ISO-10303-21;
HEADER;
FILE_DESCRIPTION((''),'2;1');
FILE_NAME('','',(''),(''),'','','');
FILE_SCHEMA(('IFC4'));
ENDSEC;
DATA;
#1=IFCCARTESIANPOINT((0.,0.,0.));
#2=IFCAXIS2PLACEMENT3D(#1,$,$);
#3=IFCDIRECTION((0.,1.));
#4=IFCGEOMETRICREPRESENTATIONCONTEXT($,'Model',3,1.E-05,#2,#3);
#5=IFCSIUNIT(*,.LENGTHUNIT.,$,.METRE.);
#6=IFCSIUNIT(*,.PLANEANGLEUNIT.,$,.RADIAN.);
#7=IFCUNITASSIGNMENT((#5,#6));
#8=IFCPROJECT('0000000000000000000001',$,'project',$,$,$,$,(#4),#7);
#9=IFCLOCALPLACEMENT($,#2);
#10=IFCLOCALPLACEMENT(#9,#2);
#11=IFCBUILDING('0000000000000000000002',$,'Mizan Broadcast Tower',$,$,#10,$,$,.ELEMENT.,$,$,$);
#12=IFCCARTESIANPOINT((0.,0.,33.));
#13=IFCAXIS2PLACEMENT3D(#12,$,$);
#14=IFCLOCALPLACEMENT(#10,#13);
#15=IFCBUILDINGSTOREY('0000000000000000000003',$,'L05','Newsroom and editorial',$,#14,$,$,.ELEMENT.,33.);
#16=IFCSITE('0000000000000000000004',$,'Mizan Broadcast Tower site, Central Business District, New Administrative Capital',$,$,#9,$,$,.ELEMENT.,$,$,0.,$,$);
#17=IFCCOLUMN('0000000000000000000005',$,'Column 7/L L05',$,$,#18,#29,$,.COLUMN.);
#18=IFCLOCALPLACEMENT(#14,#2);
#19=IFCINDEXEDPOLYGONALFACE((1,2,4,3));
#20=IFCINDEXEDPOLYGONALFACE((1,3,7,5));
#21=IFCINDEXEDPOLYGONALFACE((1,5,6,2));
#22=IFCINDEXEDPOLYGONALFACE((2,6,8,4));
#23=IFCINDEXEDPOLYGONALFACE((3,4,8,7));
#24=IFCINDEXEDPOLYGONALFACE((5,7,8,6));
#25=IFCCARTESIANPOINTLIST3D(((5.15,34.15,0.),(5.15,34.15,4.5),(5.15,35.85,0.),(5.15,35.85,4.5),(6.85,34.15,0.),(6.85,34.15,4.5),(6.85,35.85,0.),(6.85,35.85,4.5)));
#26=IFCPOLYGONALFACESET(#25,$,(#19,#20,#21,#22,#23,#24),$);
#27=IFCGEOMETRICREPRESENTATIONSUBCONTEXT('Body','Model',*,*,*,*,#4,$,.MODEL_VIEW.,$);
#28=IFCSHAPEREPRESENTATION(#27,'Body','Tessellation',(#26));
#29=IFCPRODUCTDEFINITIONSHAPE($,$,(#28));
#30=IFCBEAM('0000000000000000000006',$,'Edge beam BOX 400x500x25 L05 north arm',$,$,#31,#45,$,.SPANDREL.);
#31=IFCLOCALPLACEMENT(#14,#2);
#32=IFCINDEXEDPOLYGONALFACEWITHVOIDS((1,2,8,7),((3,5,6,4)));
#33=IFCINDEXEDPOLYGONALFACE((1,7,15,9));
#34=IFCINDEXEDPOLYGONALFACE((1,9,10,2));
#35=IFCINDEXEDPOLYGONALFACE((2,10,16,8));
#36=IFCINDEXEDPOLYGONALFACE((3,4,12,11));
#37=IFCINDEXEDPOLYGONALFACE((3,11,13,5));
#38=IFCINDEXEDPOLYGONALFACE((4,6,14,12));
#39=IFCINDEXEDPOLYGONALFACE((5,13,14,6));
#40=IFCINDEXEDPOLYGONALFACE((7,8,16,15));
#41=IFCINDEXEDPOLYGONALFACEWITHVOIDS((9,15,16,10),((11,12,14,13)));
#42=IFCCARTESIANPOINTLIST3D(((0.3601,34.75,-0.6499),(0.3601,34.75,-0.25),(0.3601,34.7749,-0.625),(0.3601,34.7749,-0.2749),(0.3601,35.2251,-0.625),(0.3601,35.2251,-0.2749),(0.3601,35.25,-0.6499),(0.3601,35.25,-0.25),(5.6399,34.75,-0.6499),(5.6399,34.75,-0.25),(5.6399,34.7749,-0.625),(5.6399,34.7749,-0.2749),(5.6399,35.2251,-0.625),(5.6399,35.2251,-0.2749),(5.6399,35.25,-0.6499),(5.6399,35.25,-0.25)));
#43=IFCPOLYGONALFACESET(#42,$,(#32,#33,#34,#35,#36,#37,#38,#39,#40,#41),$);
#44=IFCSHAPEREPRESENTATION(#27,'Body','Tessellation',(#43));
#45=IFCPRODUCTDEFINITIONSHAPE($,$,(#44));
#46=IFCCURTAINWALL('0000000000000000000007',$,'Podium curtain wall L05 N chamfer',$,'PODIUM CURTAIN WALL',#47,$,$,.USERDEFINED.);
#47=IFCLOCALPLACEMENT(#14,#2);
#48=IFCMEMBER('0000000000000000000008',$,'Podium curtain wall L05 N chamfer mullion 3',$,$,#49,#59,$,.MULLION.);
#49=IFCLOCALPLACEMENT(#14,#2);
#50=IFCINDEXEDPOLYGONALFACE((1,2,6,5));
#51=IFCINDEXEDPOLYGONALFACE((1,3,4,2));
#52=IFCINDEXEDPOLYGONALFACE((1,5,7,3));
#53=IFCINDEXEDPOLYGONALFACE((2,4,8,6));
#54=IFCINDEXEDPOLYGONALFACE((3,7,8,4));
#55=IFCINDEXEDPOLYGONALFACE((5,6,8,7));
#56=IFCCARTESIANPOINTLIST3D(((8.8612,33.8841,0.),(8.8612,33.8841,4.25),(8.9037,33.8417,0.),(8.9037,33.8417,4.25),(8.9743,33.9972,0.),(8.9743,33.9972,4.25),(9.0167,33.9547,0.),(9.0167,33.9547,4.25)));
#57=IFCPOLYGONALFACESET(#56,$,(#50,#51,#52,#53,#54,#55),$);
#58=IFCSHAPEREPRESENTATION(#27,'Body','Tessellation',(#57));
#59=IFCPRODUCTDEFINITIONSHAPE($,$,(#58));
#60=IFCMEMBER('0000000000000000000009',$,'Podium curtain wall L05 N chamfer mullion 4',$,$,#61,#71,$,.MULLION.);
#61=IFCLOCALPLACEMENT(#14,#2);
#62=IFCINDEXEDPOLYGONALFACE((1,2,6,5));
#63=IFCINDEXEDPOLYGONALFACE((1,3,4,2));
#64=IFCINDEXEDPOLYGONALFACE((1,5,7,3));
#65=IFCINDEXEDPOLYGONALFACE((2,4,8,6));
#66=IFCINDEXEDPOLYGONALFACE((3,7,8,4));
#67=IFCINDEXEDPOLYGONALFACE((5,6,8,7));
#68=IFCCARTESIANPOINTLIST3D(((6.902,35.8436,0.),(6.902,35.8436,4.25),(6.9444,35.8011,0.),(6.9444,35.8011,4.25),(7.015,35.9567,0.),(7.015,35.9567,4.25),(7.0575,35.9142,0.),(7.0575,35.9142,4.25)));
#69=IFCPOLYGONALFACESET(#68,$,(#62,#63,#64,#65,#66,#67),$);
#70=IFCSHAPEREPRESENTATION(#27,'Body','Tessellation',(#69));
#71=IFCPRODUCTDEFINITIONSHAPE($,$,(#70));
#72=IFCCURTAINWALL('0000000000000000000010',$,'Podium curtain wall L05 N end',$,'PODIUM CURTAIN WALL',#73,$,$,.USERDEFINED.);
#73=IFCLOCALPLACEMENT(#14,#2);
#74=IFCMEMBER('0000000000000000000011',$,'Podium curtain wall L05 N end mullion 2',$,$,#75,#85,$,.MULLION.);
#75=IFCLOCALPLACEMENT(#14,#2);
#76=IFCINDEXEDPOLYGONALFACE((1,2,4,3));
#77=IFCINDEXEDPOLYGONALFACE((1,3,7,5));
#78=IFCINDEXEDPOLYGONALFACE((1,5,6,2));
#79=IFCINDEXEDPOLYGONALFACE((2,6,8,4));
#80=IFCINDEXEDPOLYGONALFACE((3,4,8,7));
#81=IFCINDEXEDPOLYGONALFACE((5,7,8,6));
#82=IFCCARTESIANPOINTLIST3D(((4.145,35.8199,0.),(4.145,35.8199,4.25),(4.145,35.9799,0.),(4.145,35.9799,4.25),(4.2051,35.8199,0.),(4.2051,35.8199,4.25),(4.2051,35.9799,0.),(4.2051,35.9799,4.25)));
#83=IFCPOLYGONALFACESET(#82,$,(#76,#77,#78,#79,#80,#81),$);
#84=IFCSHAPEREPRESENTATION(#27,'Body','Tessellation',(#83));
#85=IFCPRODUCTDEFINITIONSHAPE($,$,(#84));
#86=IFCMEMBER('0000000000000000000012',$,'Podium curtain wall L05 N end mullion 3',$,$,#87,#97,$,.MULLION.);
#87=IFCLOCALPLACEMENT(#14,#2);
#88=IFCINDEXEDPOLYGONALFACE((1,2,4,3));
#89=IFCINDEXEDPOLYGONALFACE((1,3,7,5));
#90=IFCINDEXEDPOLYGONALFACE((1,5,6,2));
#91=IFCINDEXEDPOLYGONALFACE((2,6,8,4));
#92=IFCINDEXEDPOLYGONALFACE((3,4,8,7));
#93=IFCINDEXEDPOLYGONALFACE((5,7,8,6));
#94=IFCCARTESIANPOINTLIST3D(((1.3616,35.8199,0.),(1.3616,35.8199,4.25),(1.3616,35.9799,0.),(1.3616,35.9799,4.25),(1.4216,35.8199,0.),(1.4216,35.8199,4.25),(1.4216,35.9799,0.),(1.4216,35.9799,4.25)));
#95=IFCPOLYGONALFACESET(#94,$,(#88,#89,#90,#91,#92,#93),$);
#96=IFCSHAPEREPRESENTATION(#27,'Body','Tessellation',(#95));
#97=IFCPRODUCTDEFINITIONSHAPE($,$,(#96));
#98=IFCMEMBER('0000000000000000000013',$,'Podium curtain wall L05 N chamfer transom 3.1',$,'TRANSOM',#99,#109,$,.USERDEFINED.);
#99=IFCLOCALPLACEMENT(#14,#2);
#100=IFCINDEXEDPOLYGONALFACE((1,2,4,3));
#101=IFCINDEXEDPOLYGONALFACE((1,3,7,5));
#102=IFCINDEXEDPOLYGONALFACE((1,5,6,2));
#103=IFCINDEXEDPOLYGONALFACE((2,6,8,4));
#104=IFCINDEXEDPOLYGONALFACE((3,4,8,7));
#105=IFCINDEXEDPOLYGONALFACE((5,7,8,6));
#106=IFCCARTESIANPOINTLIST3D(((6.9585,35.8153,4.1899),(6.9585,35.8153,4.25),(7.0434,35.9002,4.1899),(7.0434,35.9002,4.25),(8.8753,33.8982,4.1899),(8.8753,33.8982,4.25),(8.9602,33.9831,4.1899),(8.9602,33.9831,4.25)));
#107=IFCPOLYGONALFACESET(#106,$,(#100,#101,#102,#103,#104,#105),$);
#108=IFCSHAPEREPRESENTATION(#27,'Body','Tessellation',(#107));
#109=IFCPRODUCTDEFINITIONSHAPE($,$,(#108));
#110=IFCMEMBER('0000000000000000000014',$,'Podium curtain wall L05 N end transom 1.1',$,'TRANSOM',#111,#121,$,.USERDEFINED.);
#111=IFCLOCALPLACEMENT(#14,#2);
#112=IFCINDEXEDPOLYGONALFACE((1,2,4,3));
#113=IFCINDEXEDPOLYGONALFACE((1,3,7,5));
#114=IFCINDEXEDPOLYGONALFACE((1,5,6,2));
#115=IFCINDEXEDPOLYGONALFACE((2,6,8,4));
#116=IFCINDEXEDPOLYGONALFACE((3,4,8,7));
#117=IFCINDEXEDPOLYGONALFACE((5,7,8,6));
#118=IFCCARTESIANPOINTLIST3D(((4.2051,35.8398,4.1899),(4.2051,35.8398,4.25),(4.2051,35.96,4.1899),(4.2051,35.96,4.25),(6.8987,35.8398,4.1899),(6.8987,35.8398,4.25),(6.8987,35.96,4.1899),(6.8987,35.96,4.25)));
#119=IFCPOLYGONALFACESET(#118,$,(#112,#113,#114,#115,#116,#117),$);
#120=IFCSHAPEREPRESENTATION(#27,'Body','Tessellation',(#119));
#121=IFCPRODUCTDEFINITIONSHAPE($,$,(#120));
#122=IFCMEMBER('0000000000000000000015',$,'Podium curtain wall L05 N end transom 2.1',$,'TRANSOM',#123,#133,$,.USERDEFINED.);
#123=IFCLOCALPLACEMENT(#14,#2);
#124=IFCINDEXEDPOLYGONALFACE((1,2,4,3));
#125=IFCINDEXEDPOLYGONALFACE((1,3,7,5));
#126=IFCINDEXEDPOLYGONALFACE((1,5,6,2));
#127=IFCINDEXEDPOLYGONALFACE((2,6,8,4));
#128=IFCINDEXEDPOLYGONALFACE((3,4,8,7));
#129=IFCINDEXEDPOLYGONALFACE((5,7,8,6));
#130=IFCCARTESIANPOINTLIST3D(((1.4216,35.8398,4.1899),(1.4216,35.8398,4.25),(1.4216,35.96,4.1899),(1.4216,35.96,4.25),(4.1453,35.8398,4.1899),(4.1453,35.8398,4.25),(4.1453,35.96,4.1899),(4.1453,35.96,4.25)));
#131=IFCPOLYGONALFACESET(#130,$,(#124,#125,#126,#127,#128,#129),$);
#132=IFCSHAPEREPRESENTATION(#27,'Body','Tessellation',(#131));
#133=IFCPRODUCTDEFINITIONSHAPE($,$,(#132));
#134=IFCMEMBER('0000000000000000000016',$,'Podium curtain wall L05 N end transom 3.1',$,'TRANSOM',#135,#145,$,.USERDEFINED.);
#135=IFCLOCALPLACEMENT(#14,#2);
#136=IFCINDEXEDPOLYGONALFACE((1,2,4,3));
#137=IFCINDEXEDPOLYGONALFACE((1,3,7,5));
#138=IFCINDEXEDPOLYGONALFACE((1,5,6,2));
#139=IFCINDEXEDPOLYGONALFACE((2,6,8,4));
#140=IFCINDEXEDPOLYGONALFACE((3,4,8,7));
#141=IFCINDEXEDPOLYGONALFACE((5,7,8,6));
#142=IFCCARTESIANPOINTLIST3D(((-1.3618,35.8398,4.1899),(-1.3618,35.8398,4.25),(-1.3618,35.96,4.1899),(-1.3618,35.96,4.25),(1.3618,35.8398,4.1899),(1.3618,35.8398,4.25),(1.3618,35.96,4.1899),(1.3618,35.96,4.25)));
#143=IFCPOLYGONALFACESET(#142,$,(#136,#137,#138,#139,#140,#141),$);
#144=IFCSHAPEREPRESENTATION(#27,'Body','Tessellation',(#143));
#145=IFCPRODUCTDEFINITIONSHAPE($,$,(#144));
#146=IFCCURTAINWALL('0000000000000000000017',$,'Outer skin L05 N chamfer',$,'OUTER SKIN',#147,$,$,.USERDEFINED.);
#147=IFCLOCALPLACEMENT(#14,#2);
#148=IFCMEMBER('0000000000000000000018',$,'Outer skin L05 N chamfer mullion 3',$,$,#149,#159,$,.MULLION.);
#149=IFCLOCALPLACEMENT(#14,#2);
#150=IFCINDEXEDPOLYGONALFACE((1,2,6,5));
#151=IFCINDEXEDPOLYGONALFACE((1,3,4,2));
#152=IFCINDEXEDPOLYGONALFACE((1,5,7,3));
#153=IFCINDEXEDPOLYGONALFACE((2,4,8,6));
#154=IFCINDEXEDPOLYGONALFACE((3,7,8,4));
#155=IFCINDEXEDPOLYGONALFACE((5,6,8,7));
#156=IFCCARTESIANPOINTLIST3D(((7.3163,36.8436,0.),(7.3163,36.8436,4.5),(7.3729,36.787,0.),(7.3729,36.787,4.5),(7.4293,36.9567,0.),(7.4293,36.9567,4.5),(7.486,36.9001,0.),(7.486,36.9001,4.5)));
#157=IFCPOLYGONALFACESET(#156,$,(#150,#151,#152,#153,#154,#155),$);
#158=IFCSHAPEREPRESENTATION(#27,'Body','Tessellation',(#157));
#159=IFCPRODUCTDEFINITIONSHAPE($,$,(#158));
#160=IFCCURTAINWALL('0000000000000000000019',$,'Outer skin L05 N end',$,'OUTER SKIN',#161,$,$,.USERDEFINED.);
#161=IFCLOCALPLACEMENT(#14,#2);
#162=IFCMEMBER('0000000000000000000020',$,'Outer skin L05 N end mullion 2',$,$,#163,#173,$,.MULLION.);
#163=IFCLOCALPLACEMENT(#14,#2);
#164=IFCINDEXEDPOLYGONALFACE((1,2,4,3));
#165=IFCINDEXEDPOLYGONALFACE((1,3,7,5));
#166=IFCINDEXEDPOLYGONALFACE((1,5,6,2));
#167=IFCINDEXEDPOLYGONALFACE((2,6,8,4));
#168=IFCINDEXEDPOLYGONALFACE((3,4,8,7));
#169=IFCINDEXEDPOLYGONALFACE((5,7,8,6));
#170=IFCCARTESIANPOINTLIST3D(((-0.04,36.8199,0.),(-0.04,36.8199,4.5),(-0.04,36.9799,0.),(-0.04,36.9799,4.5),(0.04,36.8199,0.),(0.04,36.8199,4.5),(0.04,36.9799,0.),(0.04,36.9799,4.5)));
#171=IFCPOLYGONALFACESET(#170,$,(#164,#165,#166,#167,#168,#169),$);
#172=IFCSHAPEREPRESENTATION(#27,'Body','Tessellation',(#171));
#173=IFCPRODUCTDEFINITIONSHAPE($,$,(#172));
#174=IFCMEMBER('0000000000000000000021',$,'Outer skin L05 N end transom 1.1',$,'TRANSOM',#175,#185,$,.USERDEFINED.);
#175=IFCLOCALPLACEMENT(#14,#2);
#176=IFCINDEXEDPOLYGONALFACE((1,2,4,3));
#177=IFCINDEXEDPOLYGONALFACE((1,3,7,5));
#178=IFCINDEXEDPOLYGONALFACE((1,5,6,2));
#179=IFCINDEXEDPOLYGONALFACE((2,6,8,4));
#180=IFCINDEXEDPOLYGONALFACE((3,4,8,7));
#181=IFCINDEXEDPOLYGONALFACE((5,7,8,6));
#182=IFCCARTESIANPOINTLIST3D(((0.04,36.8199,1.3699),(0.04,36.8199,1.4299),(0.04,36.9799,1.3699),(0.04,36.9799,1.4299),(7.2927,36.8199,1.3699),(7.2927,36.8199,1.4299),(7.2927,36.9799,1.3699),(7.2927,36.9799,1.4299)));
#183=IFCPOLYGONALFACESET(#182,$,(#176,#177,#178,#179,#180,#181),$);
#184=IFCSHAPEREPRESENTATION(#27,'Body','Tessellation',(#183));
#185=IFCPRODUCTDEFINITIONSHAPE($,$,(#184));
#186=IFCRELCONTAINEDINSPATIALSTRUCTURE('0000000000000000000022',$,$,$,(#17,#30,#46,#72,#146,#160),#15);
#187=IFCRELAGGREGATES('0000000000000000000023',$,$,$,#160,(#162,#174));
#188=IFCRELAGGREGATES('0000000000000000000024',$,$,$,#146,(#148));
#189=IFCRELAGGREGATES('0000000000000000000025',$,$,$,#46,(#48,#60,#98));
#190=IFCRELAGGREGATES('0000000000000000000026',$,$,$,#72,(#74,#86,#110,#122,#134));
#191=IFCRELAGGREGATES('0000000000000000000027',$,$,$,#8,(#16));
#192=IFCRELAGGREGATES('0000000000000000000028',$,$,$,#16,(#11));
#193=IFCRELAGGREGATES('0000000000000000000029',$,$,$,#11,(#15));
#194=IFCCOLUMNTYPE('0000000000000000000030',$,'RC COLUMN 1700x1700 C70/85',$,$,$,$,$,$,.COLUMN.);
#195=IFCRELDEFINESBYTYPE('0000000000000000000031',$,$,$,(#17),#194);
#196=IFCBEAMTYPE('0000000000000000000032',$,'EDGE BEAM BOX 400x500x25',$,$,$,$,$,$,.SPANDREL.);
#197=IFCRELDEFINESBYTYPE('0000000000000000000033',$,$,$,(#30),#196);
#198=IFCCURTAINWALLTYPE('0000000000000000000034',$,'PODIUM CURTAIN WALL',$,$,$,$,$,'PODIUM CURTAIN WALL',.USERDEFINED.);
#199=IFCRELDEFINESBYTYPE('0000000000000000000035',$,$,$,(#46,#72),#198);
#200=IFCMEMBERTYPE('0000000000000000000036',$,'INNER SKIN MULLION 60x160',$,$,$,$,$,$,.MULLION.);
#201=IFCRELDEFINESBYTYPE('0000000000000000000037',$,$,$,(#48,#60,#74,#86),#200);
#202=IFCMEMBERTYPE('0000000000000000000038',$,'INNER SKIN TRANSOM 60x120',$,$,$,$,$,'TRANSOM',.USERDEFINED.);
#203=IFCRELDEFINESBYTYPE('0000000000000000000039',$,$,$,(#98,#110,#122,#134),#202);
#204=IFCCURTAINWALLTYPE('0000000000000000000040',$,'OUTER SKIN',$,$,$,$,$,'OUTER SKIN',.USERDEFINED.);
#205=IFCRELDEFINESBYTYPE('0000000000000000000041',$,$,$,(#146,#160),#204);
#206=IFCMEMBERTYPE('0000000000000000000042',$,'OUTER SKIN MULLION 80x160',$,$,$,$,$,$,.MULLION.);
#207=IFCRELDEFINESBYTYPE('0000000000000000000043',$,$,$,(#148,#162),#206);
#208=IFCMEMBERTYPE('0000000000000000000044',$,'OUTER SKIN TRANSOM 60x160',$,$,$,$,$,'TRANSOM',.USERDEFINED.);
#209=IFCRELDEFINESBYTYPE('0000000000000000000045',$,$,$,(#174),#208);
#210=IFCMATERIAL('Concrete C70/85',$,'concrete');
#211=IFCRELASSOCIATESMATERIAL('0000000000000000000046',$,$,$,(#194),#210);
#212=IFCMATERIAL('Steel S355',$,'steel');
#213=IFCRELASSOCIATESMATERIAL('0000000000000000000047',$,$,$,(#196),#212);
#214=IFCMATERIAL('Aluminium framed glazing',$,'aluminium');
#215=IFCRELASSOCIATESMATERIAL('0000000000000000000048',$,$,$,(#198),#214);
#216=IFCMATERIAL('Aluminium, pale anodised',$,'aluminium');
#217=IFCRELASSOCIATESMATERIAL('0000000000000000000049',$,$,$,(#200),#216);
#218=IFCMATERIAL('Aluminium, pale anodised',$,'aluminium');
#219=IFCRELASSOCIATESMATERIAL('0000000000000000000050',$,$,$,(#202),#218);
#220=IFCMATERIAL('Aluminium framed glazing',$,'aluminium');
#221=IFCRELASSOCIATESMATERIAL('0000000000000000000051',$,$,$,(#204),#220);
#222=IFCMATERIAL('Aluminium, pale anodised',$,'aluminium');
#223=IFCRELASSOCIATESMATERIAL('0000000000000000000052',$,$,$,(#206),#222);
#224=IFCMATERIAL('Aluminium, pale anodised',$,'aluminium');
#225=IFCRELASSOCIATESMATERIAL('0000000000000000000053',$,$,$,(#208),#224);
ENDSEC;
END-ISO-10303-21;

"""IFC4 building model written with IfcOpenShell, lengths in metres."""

from ifc_helpers import new_model, si_unit, direction, frame, origin, origin_2d, place, context, subcontext, project, spatial, rectangle, hollow_rectangle, extrude, material, material_profile, profile_set, type_object, element, aggregate, save


model = new_model("IFC4")

# Units and contexts
model_context = context("Model", 3, precision=1e-05, world=origin(), true_north=direction((0.0, 1.0)))
body_context = subcontext(model_context, "Body", "Model", "MODEL_VIEW")
ifc_project = project(units=[si_unit("LENGTHUNIT", "METRE"), si_unit("PLANEANGLEUNIT", "RADIAN")], contexts=[model_context])

# Site, building, storey
site_placement = place(None, origin())
site = spatial("IfcSite", under=ifc_project, at=site_placement, Name="Mizan Broadcast Tower site, Central Business District, New Administrative Capital", CompositionType="ELEMENT", RefElevation=0.0)
building_placement = place(site_placement, origin())
building = spatial("IfcBuilding", under=site, at=building_placement, Name="Mizan Broadcast Tower", CompositionType="ELEMENT")
storey_placement = place(building_placement, frame((0.0, 0.0, 33.0)))
storey = spatial("IfcBuildingStorey", under=building, at=storey_placement, Name="L05", Description="Newsroom and editorial", CompositionType="ELEMENT", Elevation=33.0)

# Column
ifc_material_1 = material(Name="Concrete C70/85", Category="concrete")
ifc_material_profile_1 = material_profile(ifc_material_1, rectangle(XDim=1.7, YDim=1.7, at=origin_2d()), Name="RC 1700x1700")
ifc_profile_set_1 = profile_set([ifc_material_profile_1], Name="Concrete C70/85")
column_type = type_object("IfcColumnType", Name="RC COLUMN 1700x1700 C70/85", PredefinedType="COLUMN", material=ifc_profile_set_1)
column_placement = place(storey_placement, frame((6.0, 35.0, 0.0), z_axis=(0.0, 0.0, 1.0), x_axis=(1.0, 0.0, 0.0)))
element("IfcColumn", 1, at=column_placement, inside=storey, type_object=column_type, Name="Column 7/L L05", PredefinedType="COLUMN", context=body_context, shape_type="SweptSolid", body=[
    extrude(rectangle(XDim=1.7, YDim=1.7, at=origin_2d()), origin(), (0.0, 0.0, 1.0), 4.5),
])

# Beam
ifc_material_2 = material(Name="Steel S355", Category="steel")
ifc_material_profile_2 = material_profile(ifc_material_2, hollow_rectangle(XDim=0.5, YDim=0.3999, WallThickness=0.0249, at=origin_2d()), Name="BOX 400x500x25")
ifc_profile_set_2 = profile_set([ifc_material_profile_2], Name="Steel S355")
beam_type_1 = type_object("IfcBeamType", Name="EDGE BEAM BOX 400x500x25", PredefinedType="SPANDREL", material=ifc_profile_set_2)
beam_1_placement = place(storey_placement, frame((5.6399, 35.0, -0.45), z_axis=(-1.0, 0.0, 0.0), x_axis=(0.0, -1.0, 0.0)))
element("IfcBeam", 2, at=beam_1_placement, inside=storey, type_object=beam_type_1, Name="Edge beam BOX 400x500x25 L05 north arm", PredefinedType="SPANDREL", context=body_context, shape_type="SweptSolid", body=[
    extrude(hollow_rectangle(XDim=0.5, YDim=0.3999, WallThickness=0.0249, at=origin_2d()), origin(), (0.0, 0.0, 1.0), 5.2798),
])

# Curtain walls, members
ifc_material_3 = material(Name="Aluminium framed glazing", Category="aluminium")
curtain_wall_type_1 = type_object("IfcCurtainWallType", Name="PODIUM CURTAIN WALL", ElementType="PODIUM CURTAIN WALL", PredefinedType="USERDEFINED", material=ifc_material_3)
curtain_wall_1_placement = place(storey_placement, origin())
curtain_wall_1 = element("IfcCurtainWall", 3, at=curtain_wall_1_placement, inside=storey, type_object=curtain_wall_type_1, Name="Podium curtain wall L05 N chamfer", ObjectType="PODIUM CURTAIN WALL", PredefinedType="USERDEFINED")
ifc_material_4 = material(Name="Aluminium, pale anodised", Category="aluminium")
ifc_material_profile_3 = material_profile(ifc_material_4, rectangle(XDim=0.1599, YDim=0.0601, at=origin_2d()), Name="MULLION 160x60")
ifc_profile_set_3 = profile_set([ifc_material_profile_3], Name="Aluminium, pale anodised")
member_type_1 = type_object("IfcMemberType", Name="INNER SKIN MULLION 60x160", PredefinedType="MULLION", material=ifc_profile_set_3)
member_1_placement = place(storey_placement, frame((8.939, 33.9194, 0.0), z_axis=(0.0, 0.0, 1.0), x_axis=(-0.707107, -0.707107, 0.0)))
member_1 = element("IfcMember", 4, at=member_1_placement, type_object=member_type_1, Name="Podium curtain wall L05 N chamfer mullion 3", PredefinedType="MULLION", context=body_context, shape_type="SweptSolid", body=[
    extrude(rectangle(XDim=0.1599, YDim=0.0601, at=origin_2d()), origin(), (0.0, 0.0, 1.0), 4.25),
])
member_2_placement = place(storey_placement, frame((6.9797, 35.8789, 0.0), z_axis=(0.0, 0.0, 1.0), x_axis=(-0.707107, -0.707107, 0.0)))
member_2 = element("IfcMember", 5, at=member_2_placement, type_object=member_type_1, Name="Podium curtain wall L05 N chamfer mullion 4", PredefinedType="MULLION", context=body_context, shape_type="SweptSolid", body=[
    extrude(rectangle(XDim=0.1599, YDim=0.0601, at=origin_2d()), origin(), (0.0, 0.0, 1.0), 4.25),
])
curtain_wall_2_placement = place(storey_placement, origin())
curtain_wall_2 = element("IfcCurtainWall", 6, at=curtain_wall_2_placement, inside=storey, type_object=curtain_wall_type_1, Name="Podium curtain wall L05 N end", ObjectType="PODIUM CURTAIN WALL", PredefinedType="USERDEFINED")
member_3_placement = place(storey_placement, frame((4.175, 35.8999, 0.0), z_axis=(0.0, 0.0, 1.0), x_axis=(0.0, -1.0, 0.0)))
member_3 = element("IfcMember", 7, at=member_3_placement, type_object=member_type_1, Name="Podium curtain wall L05 N end mullion 2", PredefinedType="MULLION", context=body_context, shape_type="SweptSolid", body=[
    extrude(rectangle(XDim=0.1599, YDim=0.0601, at=origin_2d()), origin(), (0.0, 0.0, 1.0), 4.25),
])
member_4_placement = place(storey_placement, frame((1.3916, 35.8999, 0.0), z_axis=(0.0, 0.0, 1.0), x_axis=(0.0, -1.0, 0.0)))
member_4 = element("IfcMember", 8, at=member_4_placement, type_object=member_type_1, Name="Podium curtain wall L05 N end mullion 3", PredefinedType="MULLION", context=body_context, shape_type="SweptSolid", body=[
    extrude(rectangle(XDim=0.1599, YDim=0.0601, at=origin_2d()), origin(), (0.0, 0.0, 1.0), 4.25),
])

# Members
ifc_material_5 = material(Name="Aluminium, pale anodised", Category="aluminium")
ifc_material_profile_4 = material_profile(ifc_material_5, rectangle(XDim=0.1201, YDim=0.0601, at=origin_2d()), Name="TRANSOM 120x60")
ifc_profile_set_4 = profile_set([ifc_material_profile_4], Name="Aluminium, pale anodised")
member_type_2 = type_object("IfcMemberType", Name="INNER SKIN TRANSOM 60x120", ElementType="TRANSOM", PredefinedType="USERDEFINED", material=ifc_profile_set_4)
member_5_placement = place(storey_placement, frame((8.9177, 33.9407, 4.22), z_axis=(-0.707062, 0.707152, 0.0), x_axis=(-0.707152, -0.707062, 0.0)))
member_5 = element("IfcMember", 9, at=member_5_placement, type_object=member_type_2, Name="Podium curtain wall L05 N chamfer transom 3.1", ObjectType="TRANSOM", PredefinedType="USERDEFINED", context=body_context, shape_type="SweptSolid", body=[
    extrude(rectangle(XDim=0.1201, YDim=0.0601, at=origin_2d()), origin(), (0.0, 0.0, 1.0), 2.7109),
])
member_6_placement = place(storey_placement, frame((6.8987, 35.8999, 4.22), z_axis=(-1.0, 0.0, 0.0), x_axis=(0.0, -1.0, 0.0)))
member_6 = element("IfcMember", 10, at=member_6_placement, type_object=member_type_2, Name="Podium curtain wall L05 N end transom 1.1", ObjectType="TRANSOM", PredefinedType="USERDEFINED", context=body_context, shape_type="SweptSolid", body=[
    extrude(rectangle(XDim=0.1201, YDim=0.0601, at=origin_2d()), origin(), (0.0, 0.0, 1.0), 2.6936),
])
member_7_placement = place(storey_placement, frame((4.1453, 35.8999, 4.22), z_axis=(-1.0, 0.0, 0.0), x_axis=(0.0, -1.0, 0.0)))
member_7 = element("IfcMember", 11, at=member_7_placement, type_object=member_type_2, Name="Podium curtain wall L05 N end transom 2.1", ObjectType="TRANSOM", PredefinedType="USERDEFINED", context=body_context, shape_type="SweptSolid", body=[
    extrude(rectangle(XDim=0.1201, YDim=0.0601, at=origin_2d()), origin(), (0.0, 0.0, 1.0), 2.7236),
])
member_8_placement = place(storey_placement, frame((1.3618, 35.8999, 4.22), z_axis=(-1.0, 0.0, 0.0), x_axis=(0.0, -1.0, 0.0)))
member_8 = element("IfcMember", 12, at=member_8_placement, type_object=member_type_2, Name="Podium curtain wall L05 N end transom 3.1", ObjectType="TRANSOM", PredefinedType="USERDEFINED", context=body_context, shape_type="SweptSolid", body=[
    extrude(rectangle(XDim=0.1201, YDim=0.0601, at=origin_2d()), origin(), (0.0, 0.0, 1.0), 2.7236),
])

# Curtain wall, member
ifc_material_6 = material(Name="Aluminium framed glazing", Category="aluminium")
curtain_wall_type_2 = type_object("IfcCurtainWallType", Name="OUTER SKIN", ElementType="OUTER SKIN", PredefinedType="USERDEFINED", material=ifc_material_6)
curtain_wall_3_placement = place(storey_placement, origin())
curtain_wall_3 = element("IfcCurtainWall", 13, at=curtain_wall_3_placement, inside=storey, type_object=curtain_wall_type_2, Name="Outer skin L05 N chamfer", ObjectType="OUTER SKIN", PredefinedType="USERDEFINED")
ifc_material_7 = material(Name="Aluminium, pale anodised", Category="aluminium")
ifc_material_profile_5 = material_profile(ifc_material_7, rectangle(XDim=0.1599, YDim=0.0801, at=origin_2d()), Name="MULLION 160x80")
ifc_profile_set_5 = profile_set([ifc_material_profile_5], Name="Aluminium, pale anodised")
member_type_3 = type_object("IfcMemberType", Name="OUTER SKIN MULLION 80x160", PredefinedType="MULLION", material=ifc_profile_set_5)
member_9_placement = place(storey_placement, frame((7.4011, 36.8718, 0.0), z_axis=(0.0, 0.0, 1.0), x_axis=(-0.707107, -0.707107, 0.0)))
member_9 = element("IfcMember", 14, at=member_9_placement, type_object=member_type_3, Name="Outer skin L05 N chamfer mullion 3", PredefinedType="MULLION", context=body_context, shape_type="SweptSolid", body=[
    extrude(rectangle(XDim=0.1599, YDim=0.0801, at=origin_2d()), origin(), (0.0, 0.0, 1.0), 4.5),
])

# Curtain wall, members
curtain_wall_4_placement = place(storey_placement, origin())
curtain_wall_4 = element("IfcCurtainWall", 15, at=curtain_wall_4_placement, inside=storey, type_object=curtain_wall_type_2, Name="Outer skin L05 N end", ObjectType="OUTER SKIN", PredefinedType="USERDEFINED")
member_10_placement = place(storey_placement, frame((0.0, 36.8999, 0.0), z_axis=(0.0, 0.0, 1.0), x_axis=(0.0, -1.0, 0.0)))
member_10 = element("IfcMember", 16, at=member_10_placement, type_object=member_type_3, Name="Outer skin L05 N end mullion 2", PredefinedType="MULLION", context=body_context, shape_type="SweptSolid", body=[
    extrude(rectangle(XDim=0.1599, YDim=0.0801, at=origin_2d()), origin(), (0.0, 0.0, 1.0), 4.5),
])
ifc_material_8 = material(Name="Aluminium, pale anodised", Category="aluminium")
ifc_material_profile_6 = material_profile(ifc_material_8, rectangle(XDim=0.1599, YDim=0.0601, at=origin_2d()), Name="TRANSOM 160x60")
ifc_profile_set_6 = profile_set([ifc_material_profile_6], Name="Aluminium, pale anodised")
member_type_4 = type_object("IfcMemberType", Name="OUTER SKIN TRANSOM 60x160", ElementType="TRANSOM", PredefinedType="USERDEFINED", material=ifc_profile_set_6)
member_11_placement = place(storey_placement, frame((7.2927, 36.8999, 1.3999), z_axis=(-1.0, 0.0, 0.0), x_axis=(0.0, -1.0, 0.0)))
member_11 = element("IfcMember", 17, at=member_11_placement, type_object=member_type_4, Name="Outer skin L05 N end transom 1.1", ObjectType="TRANSOM", PredefinedType="USERDEFINED", context=body_context, shape_type="SweptSolid", body=[
    extrude(rectangle(XDim=0.1599, YDim=0.0601, at=origin_2d()), origin(), (0.0, 0.0, 1.0), 7.2527),
])

aggregate(curtain_wall_4, [member_10, member_11])
aggregate(curtain_wall_3, [member_9])
aggregate(curtain_wall_1, [member_1, member_2, member_5])
aggregate(curtain_wall_2, [member_3, member_4, member_6, member_7, member_8])

save(model, "model.ifc")
